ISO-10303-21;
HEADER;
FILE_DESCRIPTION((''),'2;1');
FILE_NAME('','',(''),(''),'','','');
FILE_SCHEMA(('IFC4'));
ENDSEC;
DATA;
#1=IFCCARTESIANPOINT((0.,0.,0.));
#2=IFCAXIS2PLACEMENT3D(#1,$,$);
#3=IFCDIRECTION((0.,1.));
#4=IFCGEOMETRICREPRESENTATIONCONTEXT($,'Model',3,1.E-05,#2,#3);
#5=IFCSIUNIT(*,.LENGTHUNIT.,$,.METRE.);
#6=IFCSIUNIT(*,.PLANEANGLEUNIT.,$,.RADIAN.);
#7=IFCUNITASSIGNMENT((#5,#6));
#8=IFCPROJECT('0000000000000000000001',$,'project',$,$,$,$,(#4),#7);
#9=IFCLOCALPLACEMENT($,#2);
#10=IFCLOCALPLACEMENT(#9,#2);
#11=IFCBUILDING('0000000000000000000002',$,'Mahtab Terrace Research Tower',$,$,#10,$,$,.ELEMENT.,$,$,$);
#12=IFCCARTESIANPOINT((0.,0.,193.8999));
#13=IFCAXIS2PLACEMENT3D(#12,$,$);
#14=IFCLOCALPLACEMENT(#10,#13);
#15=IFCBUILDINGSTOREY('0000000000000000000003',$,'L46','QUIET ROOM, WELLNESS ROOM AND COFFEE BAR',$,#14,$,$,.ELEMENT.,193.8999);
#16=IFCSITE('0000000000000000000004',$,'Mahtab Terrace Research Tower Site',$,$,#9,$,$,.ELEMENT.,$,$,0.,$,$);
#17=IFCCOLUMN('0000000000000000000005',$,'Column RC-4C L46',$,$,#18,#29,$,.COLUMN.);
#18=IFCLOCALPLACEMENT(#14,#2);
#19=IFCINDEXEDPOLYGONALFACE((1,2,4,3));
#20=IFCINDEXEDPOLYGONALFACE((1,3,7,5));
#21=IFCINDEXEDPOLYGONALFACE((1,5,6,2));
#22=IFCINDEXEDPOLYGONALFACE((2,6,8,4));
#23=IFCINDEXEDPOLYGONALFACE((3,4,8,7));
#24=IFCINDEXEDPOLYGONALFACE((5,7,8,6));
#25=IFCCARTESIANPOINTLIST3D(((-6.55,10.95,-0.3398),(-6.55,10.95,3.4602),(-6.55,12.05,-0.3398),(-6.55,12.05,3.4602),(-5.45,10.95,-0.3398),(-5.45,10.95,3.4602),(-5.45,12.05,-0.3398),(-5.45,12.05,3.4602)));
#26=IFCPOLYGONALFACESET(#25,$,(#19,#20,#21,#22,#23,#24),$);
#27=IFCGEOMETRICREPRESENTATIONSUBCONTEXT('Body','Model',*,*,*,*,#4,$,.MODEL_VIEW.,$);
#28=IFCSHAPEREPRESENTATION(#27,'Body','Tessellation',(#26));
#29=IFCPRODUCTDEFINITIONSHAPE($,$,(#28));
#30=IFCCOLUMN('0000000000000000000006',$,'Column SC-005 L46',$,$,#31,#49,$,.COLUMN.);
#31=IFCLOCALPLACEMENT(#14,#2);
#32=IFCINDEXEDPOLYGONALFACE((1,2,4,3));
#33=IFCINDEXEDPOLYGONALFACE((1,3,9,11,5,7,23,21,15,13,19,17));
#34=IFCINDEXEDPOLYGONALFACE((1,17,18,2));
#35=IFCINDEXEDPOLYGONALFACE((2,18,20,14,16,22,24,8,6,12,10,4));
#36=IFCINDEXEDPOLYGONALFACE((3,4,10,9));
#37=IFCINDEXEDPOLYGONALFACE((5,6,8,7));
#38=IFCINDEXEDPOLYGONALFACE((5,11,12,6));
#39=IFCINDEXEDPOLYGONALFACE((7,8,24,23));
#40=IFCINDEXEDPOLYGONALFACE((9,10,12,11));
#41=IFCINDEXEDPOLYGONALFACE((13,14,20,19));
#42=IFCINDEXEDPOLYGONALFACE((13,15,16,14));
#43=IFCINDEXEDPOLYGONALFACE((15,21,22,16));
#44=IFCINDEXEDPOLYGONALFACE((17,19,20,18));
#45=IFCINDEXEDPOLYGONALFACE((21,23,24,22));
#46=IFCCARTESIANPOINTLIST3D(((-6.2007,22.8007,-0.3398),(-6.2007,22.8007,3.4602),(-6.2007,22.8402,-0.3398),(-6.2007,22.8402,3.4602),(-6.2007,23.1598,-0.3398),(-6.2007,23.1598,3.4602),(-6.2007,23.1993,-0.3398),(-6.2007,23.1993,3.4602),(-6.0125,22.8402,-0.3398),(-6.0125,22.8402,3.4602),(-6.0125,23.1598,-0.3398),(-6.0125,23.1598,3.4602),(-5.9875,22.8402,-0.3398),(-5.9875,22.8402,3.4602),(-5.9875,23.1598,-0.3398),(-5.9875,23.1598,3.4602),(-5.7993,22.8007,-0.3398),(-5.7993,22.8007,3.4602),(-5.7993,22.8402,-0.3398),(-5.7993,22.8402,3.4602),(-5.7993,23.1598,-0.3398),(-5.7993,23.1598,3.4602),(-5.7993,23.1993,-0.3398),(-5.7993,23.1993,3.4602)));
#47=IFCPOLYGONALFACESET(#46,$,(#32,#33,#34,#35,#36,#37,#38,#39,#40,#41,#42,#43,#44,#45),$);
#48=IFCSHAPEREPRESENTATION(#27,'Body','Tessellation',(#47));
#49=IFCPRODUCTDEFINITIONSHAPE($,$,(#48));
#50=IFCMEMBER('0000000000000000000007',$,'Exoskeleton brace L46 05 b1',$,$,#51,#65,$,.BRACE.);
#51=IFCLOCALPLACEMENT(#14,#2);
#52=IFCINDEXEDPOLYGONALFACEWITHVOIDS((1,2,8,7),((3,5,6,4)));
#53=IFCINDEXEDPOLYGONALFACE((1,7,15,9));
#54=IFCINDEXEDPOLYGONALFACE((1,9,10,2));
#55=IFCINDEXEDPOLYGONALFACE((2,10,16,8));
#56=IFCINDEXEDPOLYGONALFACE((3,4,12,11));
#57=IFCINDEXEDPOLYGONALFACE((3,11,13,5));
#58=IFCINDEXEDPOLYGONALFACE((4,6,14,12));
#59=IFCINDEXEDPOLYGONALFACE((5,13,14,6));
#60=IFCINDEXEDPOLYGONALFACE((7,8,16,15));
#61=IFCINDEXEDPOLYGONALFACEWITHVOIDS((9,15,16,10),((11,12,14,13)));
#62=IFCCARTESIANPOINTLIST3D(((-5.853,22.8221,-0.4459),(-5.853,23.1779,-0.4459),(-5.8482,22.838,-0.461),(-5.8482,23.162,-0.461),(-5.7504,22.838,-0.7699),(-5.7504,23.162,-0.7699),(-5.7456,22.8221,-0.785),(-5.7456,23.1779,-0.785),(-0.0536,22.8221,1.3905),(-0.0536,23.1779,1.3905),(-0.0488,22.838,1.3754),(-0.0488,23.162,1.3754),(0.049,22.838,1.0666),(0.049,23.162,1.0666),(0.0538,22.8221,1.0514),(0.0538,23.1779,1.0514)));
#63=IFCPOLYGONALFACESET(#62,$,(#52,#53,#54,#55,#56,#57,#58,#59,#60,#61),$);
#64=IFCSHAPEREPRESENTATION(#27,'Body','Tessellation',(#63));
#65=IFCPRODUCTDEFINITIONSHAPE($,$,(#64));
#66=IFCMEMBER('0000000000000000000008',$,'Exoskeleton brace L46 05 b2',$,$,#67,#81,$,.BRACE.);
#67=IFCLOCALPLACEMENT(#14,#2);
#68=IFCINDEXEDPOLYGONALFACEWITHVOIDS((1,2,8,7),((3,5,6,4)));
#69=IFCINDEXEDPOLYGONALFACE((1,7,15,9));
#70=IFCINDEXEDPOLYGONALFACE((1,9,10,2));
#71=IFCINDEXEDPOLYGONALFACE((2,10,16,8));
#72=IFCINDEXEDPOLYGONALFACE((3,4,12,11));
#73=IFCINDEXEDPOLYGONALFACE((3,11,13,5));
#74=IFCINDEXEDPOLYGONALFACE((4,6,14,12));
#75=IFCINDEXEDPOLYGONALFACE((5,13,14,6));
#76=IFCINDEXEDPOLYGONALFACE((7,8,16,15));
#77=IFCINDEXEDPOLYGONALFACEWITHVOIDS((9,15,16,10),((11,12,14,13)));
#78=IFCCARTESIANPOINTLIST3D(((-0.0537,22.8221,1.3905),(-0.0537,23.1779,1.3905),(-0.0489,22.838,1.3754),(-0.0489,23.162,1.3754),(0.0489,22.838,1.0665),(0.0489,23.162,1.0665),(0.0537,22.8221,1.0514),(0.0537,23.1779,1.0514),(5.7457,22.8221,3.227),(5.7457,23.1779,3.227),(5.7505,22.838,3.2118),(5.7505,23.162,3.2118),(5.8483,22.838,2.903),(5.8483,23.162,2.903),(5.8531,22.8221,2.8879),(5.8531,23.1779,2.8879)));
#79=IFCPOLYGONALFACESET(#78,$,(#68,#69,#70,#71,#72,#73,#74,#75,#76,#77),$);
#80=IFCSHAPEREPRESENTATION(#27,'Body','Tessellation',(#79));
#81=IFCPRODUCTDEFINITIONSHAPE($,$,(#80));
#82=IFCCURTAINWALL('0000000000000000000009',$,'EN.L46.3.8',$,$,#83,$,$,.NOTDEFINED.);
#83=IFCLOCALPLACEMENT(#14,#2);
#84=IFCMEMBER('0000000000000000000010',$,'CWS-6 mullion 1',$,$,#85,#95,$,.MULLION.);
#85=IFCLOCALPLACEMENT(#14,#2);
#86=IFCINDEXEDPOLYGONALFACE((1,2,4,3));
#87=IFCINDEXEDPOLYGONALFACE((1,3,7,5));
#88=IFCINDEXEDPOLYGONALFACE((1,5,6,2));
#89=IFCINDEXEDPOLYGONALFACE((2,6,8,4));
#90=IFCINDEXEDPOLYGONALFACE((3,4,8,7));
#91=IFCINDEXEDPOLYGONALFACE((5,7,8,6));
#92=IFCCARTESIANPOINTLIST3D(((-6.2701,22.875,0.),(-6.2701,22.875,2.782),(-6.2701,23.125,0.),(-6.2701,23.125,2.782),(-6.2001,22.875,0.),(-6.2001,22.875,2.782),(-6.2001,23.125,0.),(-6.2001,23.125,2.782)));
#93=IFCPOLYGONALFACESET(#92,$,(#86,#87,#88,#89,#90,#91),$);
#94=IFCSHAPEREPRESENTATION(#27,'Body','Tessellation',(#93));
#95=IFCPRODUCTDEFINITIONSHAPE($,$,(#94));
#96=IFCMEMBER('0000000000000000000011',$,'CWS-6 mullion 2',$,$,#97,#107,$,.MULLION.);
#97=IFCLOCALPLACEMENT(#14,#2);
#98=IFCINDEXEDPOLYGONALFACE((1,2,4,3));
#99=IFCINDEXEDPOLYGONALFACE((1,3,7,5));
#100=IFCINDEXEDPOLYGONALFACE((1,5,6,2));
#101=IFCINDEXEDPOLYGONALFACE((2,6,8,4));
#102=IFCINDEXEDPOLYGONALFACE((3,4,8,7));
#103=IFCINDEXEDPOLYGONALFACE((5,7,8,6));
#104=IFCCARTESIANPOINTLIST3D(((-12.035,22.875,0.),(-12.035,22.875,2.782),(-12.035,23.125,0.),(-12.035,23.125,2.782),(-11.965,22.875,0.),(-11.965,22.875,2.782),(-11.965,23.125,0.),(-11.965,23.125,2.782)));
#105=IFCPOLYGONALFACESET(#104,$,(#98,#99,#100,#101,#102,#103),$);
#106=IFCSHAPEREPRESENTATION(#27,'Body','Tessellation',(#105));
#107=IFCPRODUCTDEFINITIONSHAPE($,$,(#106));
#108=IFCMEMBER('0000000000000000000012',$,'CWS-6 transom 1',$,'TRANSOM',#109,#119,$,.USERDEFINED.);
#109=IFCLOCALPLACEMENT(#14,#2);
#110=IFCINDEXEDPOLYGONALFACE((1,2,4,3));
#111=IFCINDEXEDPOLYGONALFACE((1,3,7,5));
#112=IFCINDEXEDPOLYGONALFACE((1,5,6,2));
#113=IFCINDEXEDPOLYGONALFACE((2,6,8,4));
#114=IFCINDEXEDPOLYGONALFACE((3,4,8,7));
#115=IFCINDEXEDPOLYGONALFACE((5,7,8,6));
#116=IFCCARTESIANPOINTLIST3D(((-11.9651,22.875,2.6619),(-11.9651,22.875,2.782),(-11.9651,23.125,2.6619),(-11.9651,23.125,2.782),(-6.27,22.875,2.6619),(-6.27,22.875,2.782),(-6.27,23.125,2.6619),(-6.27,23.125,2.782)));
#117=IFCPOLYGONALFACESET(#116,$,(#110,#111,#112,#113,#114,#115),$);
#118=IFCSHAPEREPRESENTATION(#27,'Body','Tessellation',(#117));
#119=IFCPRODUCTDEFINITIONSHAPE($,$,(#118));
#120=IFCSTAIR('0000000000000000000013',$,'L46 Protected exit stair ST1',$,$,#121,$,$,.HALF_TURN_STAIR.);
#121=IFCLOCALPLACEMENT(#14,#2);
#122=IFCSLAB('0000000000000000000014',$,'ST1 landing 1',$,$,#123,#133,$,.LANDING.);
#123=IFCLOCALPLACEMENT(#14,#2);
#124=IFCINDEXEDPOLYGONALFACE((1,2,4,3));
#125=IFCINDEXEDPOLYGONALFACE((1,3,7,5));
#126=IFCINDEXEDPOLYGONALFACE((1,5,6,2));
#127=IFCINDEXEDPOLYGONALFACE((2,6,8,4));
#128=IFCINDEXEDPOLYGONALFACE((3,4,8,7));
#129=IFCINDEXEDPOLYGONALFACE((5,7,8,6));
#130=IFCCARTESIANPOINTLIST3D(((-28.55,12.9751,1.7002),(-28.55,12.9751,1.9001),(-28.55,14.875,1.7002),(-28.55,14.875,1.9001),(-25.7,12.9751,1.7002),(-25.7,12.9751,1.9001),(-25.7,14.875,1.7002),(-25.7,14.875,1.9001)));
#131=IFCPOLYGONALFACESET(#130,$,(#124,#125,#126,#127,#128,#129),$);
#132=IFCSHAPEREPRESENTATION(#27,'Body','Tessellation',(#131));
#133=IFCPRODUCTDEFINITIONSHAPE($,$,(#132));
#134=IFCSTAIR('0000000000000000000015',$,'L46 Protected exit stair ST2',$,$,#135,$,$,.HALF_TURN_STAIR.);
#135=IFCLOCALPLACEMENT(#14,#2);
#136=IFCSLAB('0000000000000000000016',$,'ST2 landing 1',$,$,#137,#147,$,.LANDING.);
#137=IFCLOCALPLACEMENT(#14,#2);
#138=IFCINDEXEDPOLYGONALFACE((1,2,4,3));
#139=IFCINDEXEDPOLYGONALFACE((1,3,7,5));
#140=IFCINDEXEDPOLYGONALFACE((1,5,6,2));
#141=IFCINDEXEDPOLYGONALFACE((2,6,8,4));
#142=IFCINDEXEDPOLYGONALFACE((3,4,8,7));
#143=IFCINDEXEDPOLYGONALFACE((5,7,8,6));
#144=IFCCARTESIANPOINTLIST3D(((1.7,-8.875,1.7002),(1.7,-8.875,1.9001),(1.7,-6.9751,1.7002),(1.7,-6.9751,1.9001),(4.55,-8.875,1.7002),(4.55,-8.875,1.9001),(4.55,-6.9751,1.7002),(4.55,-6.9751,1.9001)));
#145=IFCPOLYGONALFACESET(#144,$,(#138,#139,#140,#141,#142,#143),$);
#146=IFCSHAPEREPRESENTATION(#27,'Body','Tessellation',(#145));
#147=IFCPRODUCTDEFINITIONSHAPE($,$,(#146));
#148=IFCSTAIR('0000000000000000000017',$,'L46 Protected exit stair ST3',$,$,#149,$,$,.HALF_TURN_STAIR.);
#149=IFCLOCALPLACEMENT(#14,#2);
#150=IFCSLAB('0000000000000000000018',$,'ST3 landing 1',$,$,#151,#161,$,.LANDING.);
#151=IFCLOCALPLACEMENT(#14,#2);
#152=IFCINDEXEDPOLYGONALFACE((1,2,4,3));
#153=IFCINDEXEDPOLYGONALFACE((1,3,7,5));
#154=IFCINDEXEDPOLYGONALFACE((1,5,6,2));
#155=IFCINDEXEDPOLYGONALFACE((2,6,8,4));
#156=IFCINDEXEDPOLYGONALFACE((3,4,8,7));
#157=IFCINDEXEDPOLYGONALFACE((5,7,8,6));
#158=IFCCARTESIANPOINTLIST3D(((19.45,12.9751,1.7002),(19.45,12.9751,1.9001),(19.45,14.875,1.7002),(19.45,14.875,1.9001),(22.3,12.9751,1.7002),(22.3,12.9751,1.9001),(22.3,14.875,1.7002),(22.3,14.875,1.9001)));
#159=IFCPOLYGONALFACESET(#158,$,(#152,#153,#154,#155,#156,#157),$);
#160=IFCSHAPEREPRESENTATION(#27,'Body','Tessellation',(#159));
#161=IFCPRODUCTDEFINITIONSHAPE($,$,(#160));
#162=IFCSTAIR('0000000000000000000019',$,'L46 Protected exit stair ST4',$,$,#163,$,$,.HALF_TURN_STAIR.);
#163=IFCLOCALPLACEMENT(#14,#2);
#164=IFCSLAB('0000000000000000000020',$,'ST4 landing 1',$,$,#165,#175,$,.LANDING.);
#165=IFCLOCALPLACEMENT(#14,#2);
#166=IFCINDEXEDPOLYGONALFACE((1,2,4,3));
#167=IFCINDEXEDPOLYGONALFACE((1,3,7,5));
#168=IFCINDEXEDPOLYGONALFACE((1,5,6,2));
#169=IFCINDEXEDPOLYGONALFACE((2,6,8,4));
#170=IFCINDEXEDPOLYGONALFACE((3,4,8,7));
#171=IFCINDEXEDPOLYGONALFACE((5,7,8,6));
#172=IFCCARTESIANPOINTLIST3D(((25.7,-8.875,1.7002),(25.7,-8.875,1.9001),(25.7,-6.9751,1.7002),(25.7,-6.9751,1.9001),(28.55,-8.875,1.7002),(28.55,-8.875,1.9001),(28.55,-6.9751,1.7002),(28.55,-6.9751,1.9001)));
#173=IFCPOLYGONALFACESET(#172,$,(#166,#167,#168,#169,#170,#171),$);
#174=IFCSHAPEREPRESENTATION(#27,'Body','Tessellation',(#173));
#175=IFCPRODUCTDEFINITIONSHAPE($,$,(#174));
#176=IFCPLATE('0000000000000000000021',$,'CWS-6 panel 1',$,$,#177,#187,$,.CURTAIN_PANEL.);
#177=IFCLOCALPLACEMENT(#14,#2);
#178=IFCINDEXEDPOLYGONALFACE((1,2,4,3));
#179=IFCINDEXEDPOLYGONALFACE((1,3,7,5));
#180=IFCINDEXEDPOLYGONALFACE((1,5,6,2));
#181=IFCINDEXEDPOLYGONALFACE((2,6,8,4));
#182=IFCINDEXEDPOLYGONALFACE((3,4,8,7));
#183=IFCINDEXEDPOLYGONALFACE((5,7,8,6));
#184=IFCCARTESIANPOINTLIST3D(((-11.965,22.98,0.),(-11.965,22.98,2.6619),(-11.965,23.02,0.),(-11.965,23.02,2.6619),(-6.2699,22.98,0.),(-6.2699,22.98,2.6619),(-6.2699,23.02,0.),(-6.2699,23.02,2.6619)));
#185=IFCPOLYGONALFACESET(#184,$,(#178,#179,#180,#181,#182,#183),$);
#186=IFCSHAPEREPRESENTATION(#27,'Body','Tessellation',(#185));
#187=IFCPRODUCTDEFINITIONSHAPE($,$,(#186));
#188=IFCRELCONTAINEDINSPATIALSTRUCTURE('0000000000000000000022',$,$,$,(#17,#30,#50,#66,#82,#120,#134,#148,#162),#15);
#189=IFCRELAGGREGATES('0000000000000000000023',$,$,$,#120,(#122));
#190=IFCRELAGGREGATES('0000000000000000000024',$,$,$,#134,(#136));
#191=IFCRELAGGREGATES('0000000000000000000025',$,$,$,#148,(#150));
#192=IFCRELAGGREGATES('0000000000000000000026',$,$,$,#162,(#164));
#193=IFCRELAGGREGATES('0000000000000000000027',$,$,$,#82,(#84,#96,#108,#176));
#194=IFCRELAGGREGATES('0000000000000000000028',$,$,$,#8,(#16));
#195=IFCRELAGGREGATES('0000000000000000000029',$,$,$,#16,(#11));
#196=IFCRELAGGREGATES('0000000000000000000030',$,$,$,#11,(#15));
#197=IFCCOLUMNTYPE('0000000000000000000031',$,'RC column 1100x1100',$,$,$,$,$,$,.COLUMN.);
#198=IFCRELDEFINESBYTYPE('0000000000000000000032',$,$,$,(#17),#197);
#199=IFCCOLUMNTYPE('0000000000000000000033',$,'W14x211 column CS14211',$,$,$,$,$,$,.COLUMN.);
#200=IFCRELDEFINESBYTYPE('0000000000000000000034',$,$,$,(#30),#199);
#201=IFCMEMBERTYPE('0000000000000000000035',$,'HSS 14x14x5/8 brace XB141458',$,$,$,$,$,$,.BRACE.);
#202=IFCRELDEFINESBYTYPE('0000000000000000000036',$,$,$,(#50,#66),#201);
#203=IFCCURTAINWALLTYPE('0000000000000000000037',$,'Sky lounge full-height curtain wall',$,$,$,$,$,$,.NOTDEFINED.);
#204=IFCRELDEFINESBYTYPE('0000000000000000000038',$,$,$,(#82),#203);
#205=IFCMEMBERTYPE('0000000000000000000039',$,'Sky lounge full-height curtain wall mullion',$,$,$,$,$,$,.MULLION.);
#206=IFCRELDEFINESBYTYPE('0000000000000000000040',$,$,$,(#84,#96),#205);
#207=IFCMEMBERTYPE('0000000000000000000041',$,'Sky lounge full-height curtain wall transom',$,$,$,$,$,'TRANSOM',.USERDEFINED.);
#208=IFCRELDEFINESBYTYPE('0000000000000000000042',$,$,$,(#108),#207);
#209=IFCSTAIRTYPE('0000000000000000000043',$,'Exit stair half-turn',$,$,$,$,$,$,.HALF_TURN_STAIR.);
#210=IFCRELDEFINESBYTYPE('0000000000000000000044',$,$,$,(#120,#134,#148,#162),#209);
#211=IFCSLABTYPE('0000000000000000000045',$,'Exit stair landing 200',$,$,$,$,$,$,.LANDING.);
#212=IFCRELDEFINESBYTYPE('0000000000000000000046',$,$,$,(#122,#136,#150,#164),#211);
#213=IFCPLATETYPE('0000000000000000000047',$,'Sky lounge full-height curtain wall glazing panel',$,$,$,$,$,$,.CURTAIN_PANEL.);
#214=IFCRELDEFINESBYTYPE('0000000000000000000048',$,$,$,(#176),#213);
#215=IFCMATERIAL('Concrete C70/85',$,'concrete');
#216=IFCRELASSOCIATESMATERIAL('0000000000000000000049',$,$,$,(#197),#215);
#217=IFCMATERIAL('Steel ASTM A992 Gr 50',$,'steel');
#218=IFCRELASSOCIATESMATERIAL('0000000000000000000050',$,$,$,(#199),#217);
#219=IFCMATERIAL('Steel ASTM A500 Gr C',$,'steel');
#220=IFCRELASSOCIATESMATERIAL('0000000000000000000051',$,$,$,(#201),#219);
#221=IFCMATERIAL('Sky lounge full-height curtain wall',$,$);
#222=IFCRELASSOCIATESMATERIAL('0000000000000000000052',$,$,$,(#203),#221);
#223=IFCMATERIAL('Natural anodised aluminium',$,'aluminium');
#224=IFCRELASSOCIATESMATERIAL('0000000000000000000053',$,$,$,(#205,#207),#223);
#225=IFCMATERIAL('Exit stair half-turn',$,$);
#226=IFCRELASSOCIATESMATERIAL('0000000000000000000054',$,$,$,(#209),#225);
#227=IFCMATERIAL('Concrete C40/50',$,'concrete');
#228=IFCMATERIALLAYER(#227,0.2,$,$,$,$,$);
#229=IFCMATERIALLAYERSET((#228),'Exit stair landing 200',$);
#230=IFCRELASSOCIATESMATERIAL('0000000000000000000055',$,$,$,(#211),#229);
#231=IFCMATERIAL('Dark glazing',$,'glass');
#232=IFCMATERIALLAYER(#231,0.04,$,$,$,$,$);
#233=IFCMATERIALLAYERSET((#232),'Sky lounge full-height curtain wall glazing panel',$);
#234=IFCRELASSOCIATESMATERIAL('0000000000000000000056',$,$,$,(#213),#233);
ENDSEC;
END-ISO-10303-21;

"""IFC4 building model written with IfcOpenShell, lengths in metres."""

from ifc_helpers import new_model, si_unit, direction, frame, origin, origin_2d, place, context, subcontext, project, spatial, polyline, rectangle, hollow_rectangle, i_section, outline, extrude, material, layer, layer_set, material_profile, profile_set, type_object, element, aggregate, save


model = new_model("IFC4")

# Units and contexts
model_context = context("Model", 3, precision=1e-05, world=origin(), true_north=direction((0.0, 1.0)))
body_context = subcontext(model_context, "Body", "Model", "MODEL_VIEW")
ifc_project = project(units=[si_unit("LENGTHUNIT", "METRE"), si_unit("PLANEANGLEUNIT", "RADIAN")], contexts=[model_context])

# Site, building, storey
site_placement = place(None, origin())
site = spatial("IfcSite", under=ifc_project, at=site_placement, Name="Mahtab Terrace Research Tower Site", CompositionType="ELEMENT", RefElevation=0.0)
building_placement = place(site_placement, origin())
building = spatial("IfcBuilding", under=site, at=building_placement, Name="Mahtab Terrace Research Tower", CompositionType="ELEMENT")
storey_placement = place(building_placement, frame((0.0, 0.0, 193.8999)))
storey = spatial("IfcBuildingStorey", under=building, at=storey_placement, Name="L46", Description="QUIET ROOM, WELLNESS ROOM AND COFFEE BAR", CompositionType="ELEMENT", Elevation=193.8999)

# Columns
ifc_material_1 = material(Name="Concrete C70/85", Category="concrete")
ifc_material_profile_1 = material_profile(ifc_material_1, rectangle(XDim=1.1001, YDim=1.1001, at=origin_2d()), Name="RC column 1100x1100")
ifc_profile_set_1 = profile_set([ifc_material_profile_1], Name="Concrete C70/85")
column_type_1 = type_object("IfcColumnType", Name="RC column 1100x1100", PredefinedType="COLUMN", material=ifc_profile_set_1)
column_1_placement = place(storey_placement, frame((-6.0, 11.5, -0.3398), z_axis=(0.0, 0.0, 1.0), x_axis=(1.0, 0.0, 0.0)))
element("IfcColumn", 1, at=column_1_placement, inside=storey, type_object=column_type_1, Name="Column RC-4C L46", PredefinedType="COLUMN", context=body_context, shape_type="SweptSolid", body=[
    extrude(rectangle(XDim=1.1001, YDim=1.1001, at=origin_2d()), origin(), (0.0, 0.0, 1.0), 3.8),
])
ifc_material_2 = material(Name="Steel ASTM A992 Gr 50", Category="steel")
ifc_material_profile_2 = material_profile(ifc_material_2, i_section(OverallWidth=0.4014, OverallDepth=0.3987, WebThickness=0.0249, FlangeThickness=0.0396, at=origin_2d()), Name="W14X211")
ifc_profile_set_2 = profile_set([ifc_material_profile_2], Name="Steel ASTM A992 Gr 50")
column_type_2 = type_object("IfcColumnType", Name="W14x211 column CS14211", PredefinedType="COLUMN", material=ifc_profile_set_2)
column_2_placement = place(storey_placement, frame((-6.0, 23.0, -0.3398), z_axis=(0.0, 0.0, 1.0), x_axis=(1.0, 0.0, 0.0)))
element("IfcColumn", 2, at=column_2_placement, inside=storey, type_object=column_type_2, Name="Column SC-005 L46", PredefinedType="COLUMN", context=body_context, shape_type="SweptSolid", body=[
    extrude(i_section(OverallWidth=0.4014, OverallDepth=0.3987, WebThickness=0.0249, FlangeThickness=0.0396, at=origin_2d()), origin(), (0.0, 0.0, 1.0), 3.8),
])

# Members
ifc_material_3 = material(Name="Steel ASTM A500 Gr C", Category="steel")
ifc_material_profile_3 = material_profile(ifc_material_3, hollow_rectangle(XDim=0.3557, YDim=0.3557, WallThickness=0.0159, at=origin_2d()), Name="HSS14X14X5/8")
ifc_profile_set_3 = profile_set([ifc_material_profile_3], Name="Steel ASTM A500 Gr C")
member_type_1 = type_object("IfcMemberType", Name="HSS 14x14x5/8 brace XB141458", PredefinedType="BRACE", material=ifc_profile_set_3)
for number, where, z_axis, x_axis, name in (
    (3, (-5.7993, 23.0, -0.6155), (0.953343, 0.0, 0.301888), (0.0, 1.0, 0.0), "Exoskeleton brace L46 05 b1"),
    (4, (0.0, 23.0, 1.2209), (0.953343, 0.0, 0.301888), (0.0, 1.0, 0.0), "Exoskeleton brace L46 05 b2"),
):
    element("IfcMember", number, at=place(storey_placement, frame(where, z_axis=z_axis, x_axis=x_axis)), inside=storey, type_object=member_type_1, Name=name, PredefinedType="BRACE", context=body_context, shape_type="SweptSolid", body=[
        extrude(hollow_rectangle(XDim=0.3557, YDim=0.3557, WallThickness=0.0159, at=origin_2d()), origin(), (0.0, 0.0, 1.0), 6.0833),
    ])

# Curtain wall, members
ifc_material_4 = material(Name="Sky lounge full-height curtain wall")
curtain_wall_type = type_object("IfcCurtainWallType", Name="Sky lounge full-height curtain wall", PredefinedType="NOTDEFINED", material=ifc_material_4)
curtain_wall_placement = place(storey_placement, origin())
curtain_wall = element("IfcCurtainWall", 5, at=curtain_wall_placement, inside=storey, type_object=curtain_wall_type, Name="EN.L46.3.8", PredefinedType="NOTDEFINED")
ifc_material_5 = material(Name="Natural anodised aluminium", Category="aluminium")
ifc_material_profile_4 = material_profile(ifc_material_5, rectangle(XDim=0.25, YDim=0.0701, at=origin_2d()), Name="MULLION 70x250")
ifc_profile_set_4 = profile_set([ifc_material_profile_4], Name="Natural anodised aluminium")
member_type_2 = type_object("IfcMemberType", Name="Sky lounge full-height curtain wall mullion", PredefinedType="MULLION", material=ifc_profile_set_4)
member_1_placement = place(storey_placement, frame((-6.2351, 23.0, 0.0), z_axis=(0.0, 0.0, 1.0), x_axis=(0.0, -1.0, 0.0)))
member_1 = element("IfcMember", 6, at=member_1_placement, type_object=member_type_2, Name="CWS-6 mullion 1", PredefinedType="MULLION", context=body_context, shape_type="SweptSolid", body=[
    extrude(rectangle(XDim=0.25, YDim=0.0701, at=origin_2d()), origin(), (0.0, 0.0, 1.0), 2.782),
])
member_2_placement = place(storey_placement, frame((-12.0, 23.0, 0.0), z_axis=(0.0, 0.0, 1.0), x_axis=(0.0, -1.0, 0.0)))
member_2 = element("IfcMember", 7, at=member_2_placement, type_object=member_type_2, Name="CWS-6 mullion 2", PredefinedType="MULLION", context=body_context, shape_type="SweptSolid", body=[
    extrude(rectangle(XDim=0.25, YDim=0.0701, at=origin_2d()), origin(), (0.0, 0.0, 1.0), 2.782),
])
ifc_material_profile_5 = material_profile(ifc_material_5, rectangle(XDim=0.25, YDim=0.1201, at=origin_2d()), Name="TRANSOM 120x250")
ifc_profile_set_5 = profile_set([ifc_material_profile_5], Name="Natural anodised aluminium")
member_type_3 = type_object("IfcMemberType", Name="Sky lounge full-height curtain wall transom", ElementType="TRANSOM", PredefinedType="USERDEFINED", material=ifc_profile_set_5)
member_3_placement = place(storey_placement, frame((-6.27, 23.0, 2.7219), z_axis=(-1.0, 0.0, 0.0), x_axis=(0.0, -1.0, 0.0)))
member_3 = element("IfcMember", 8, at=member_3_placement, type_object=member_type_3, Name="CWS-6 transom 1", ObjectType="TRANSOM", PredefinedType="USERDEFINED", context=body_context, shape_type="SweptSolid", body=[
    extrude(rectangle(XDim=0.25, YDim=0.1201, at=origin_2d()), origin(), (0.0, 0.0, 1.0), 5.6951),
])

# Stairs, slabs
ifc_material_6 = material(Name="Exit stair half-turn")
stair_type = type_object("IfcStairType", Name="Exit stair half-turn", PredefinedType="HALF_TURN_STAIR", material=ifc_material_6)
stair_1_placement = place(storey_placement, origin())
stair_1 = element("IfcStair", 9, at=stair_1_placement, inside=storey, type_object=stair_type, Name="L46 Protected exit stair ST1", PredefinedType="HALF_TURN_STAIR")
ifc_material_7 = material(Name="Concrete C40/50", Category="concrete")
ifc_layer_1 = layer(ifc_material_7, 0.2)
ifc_layer_set_1 = layer_set([ifc_layer_1], Name="Exit stair landing 200")
slab_type = type_object("IfcSlabType", Name="Exit stair landing 200", PredefinedType="LANDING", material=ifc_layer_set_1)
slab_1_placement = place(storey_placement, frame((0.0, 0.0, 1.7002)))
slab_1 = element("IfcSlab", 10, at=slab_1_placement, type_object=slab_type, Name="ST1 landing 1", PredefinedType="LANDING", context=body_context, shape_type="SweptSolid", body=[
    extrude(outline(polyline([(-25.7, 12.9751), (-25.7, 14.875), (-28.55, 14.875), (-28.55, 12.9751), (-25.7, 12.9751)])), origin(), (0.0, 0.0, 1.0), 0.2),
])
aggregate(stair_1, [slab_1])
stair_2_placement = place(storey_placement, origin())
stair_2 = element("IfcStair", 11, at=stair_2_placement, inside=storey, type_object=stair_type, Name="L46 Protected exit stair ST2", PredefinedType="HALF_TURN_STAIR")
slab_2_placement = place(storey_placement, frame((0.0, 0.0, 1.7002)))
slab_2 = element("IfcSlab", 12, at=slab_2_placement, type_object=slab_type, Name="ST2 landing 1", PredefinedType="LANDING", context=body_context, shape_type="SweptSolid", body=[
    extrude(outline(polyline([(1.7, -6.9751), (1.7, -8.875), (4.55, -8.875), (4.55, -6.9751), (1.7, -6.9751)])), origin(), (0.0, 0.0, 1.0), 0.2),
])
aggregate(stair_2, [slab_2])
stair_3_placement = place(storey_placement, origin())
stair_3 = element("IfcStair", 13, at=stair_3_placement, inside=storey, type_object=stair_type, Name="L46 Protected exit stair ST3", PredefinedType="HALF_TURN_STAIR")
slab_3_placement = place(storey_placement, frame((0.0, 0.0, 1.7002)))
slab_3 = element("IfcSlab", 14, at=slab_3_placement, type_object=slab_type, Name="ST3 landing 1", PredefinedType="LANDING", context=body_context, shape_type="SweptSolid", body=[
    extrude(outline(polyline([(22.3, 12.9751), (22.3, 14.875), (19.45, 14.875), (19.45, 12.9751), (22.3, 12.9751)])), origin(), (0.0, 0.0, 1.0), 0.2),
])
aggregate(stair_3, [slab_3])
stair_4_placement = place(storey_placement, origin())
stair_4 = element("IfcStair", 15, at=stair_4_placement, inside=storey, type_object=stair_type, Name="L46 Protected exit stair ST4", PredefinedType="HALF_TURN_STAIR")
slab_4_placement = place(storey_placement, frame((0.0, 0.0, 1.7002)))
slab_4 = element("IfcSlab", 16, at=slab_4_placement, type_object=slab_type, Name="ST4 landing 1", PredefinedType="LANDING", context=body_context, shape_type="SweptSolid", body=[
    extrude(outline(polyline([(25.7, -6.9751), (25.7, -8.875), (28.55, -8.875), (28.55, -6.9751), (25.7, -6.9751)])), origin(), (0.0, 0.0, 1.0), 0.2),
])
aggregate(stair_4, [slab_4])

# Plate
ifc_material_8 = material(Name="Dark glazing", Category="glass")
ifc_layer_2 = layer(ifc_material_8, 0.04)
ifc_layer_set_2 = layer_set([ifc_layer_2], Name="Sky lounge full-height curtain wall glazing panel")
plate_type = type_object("IfcPlateType", Name="Sky lounge full-height curtain wall glazing panel", PredefinedType="CURTAIN_PANEL", material=ifc_layer_set_2)
plate_placement = place(storey_placement, frame((-9.1174, 23.0, 0.0), z_axis=(0.0, 0.0, 1.0), x_axis=(-1.0, 0.0, 0.0)))
plate = element("IfcPlate", 17, at=plate_placement, type_object=plate_type, Name="CWS-6 panel 1", PredefinedType="CURTAIN_PANEL", context=body_context, shape_type="SweptSolid", body=[
    extrude(rectangle(XDim=5.6951, YDim=0.04, at=origin_2d()), origin(), (0.0, 0.0, 1.0), 2.6619),
])
aggregate(curtain_wall, [member_1, member_2, member_3, plate])

save(model, "model.ifc")
